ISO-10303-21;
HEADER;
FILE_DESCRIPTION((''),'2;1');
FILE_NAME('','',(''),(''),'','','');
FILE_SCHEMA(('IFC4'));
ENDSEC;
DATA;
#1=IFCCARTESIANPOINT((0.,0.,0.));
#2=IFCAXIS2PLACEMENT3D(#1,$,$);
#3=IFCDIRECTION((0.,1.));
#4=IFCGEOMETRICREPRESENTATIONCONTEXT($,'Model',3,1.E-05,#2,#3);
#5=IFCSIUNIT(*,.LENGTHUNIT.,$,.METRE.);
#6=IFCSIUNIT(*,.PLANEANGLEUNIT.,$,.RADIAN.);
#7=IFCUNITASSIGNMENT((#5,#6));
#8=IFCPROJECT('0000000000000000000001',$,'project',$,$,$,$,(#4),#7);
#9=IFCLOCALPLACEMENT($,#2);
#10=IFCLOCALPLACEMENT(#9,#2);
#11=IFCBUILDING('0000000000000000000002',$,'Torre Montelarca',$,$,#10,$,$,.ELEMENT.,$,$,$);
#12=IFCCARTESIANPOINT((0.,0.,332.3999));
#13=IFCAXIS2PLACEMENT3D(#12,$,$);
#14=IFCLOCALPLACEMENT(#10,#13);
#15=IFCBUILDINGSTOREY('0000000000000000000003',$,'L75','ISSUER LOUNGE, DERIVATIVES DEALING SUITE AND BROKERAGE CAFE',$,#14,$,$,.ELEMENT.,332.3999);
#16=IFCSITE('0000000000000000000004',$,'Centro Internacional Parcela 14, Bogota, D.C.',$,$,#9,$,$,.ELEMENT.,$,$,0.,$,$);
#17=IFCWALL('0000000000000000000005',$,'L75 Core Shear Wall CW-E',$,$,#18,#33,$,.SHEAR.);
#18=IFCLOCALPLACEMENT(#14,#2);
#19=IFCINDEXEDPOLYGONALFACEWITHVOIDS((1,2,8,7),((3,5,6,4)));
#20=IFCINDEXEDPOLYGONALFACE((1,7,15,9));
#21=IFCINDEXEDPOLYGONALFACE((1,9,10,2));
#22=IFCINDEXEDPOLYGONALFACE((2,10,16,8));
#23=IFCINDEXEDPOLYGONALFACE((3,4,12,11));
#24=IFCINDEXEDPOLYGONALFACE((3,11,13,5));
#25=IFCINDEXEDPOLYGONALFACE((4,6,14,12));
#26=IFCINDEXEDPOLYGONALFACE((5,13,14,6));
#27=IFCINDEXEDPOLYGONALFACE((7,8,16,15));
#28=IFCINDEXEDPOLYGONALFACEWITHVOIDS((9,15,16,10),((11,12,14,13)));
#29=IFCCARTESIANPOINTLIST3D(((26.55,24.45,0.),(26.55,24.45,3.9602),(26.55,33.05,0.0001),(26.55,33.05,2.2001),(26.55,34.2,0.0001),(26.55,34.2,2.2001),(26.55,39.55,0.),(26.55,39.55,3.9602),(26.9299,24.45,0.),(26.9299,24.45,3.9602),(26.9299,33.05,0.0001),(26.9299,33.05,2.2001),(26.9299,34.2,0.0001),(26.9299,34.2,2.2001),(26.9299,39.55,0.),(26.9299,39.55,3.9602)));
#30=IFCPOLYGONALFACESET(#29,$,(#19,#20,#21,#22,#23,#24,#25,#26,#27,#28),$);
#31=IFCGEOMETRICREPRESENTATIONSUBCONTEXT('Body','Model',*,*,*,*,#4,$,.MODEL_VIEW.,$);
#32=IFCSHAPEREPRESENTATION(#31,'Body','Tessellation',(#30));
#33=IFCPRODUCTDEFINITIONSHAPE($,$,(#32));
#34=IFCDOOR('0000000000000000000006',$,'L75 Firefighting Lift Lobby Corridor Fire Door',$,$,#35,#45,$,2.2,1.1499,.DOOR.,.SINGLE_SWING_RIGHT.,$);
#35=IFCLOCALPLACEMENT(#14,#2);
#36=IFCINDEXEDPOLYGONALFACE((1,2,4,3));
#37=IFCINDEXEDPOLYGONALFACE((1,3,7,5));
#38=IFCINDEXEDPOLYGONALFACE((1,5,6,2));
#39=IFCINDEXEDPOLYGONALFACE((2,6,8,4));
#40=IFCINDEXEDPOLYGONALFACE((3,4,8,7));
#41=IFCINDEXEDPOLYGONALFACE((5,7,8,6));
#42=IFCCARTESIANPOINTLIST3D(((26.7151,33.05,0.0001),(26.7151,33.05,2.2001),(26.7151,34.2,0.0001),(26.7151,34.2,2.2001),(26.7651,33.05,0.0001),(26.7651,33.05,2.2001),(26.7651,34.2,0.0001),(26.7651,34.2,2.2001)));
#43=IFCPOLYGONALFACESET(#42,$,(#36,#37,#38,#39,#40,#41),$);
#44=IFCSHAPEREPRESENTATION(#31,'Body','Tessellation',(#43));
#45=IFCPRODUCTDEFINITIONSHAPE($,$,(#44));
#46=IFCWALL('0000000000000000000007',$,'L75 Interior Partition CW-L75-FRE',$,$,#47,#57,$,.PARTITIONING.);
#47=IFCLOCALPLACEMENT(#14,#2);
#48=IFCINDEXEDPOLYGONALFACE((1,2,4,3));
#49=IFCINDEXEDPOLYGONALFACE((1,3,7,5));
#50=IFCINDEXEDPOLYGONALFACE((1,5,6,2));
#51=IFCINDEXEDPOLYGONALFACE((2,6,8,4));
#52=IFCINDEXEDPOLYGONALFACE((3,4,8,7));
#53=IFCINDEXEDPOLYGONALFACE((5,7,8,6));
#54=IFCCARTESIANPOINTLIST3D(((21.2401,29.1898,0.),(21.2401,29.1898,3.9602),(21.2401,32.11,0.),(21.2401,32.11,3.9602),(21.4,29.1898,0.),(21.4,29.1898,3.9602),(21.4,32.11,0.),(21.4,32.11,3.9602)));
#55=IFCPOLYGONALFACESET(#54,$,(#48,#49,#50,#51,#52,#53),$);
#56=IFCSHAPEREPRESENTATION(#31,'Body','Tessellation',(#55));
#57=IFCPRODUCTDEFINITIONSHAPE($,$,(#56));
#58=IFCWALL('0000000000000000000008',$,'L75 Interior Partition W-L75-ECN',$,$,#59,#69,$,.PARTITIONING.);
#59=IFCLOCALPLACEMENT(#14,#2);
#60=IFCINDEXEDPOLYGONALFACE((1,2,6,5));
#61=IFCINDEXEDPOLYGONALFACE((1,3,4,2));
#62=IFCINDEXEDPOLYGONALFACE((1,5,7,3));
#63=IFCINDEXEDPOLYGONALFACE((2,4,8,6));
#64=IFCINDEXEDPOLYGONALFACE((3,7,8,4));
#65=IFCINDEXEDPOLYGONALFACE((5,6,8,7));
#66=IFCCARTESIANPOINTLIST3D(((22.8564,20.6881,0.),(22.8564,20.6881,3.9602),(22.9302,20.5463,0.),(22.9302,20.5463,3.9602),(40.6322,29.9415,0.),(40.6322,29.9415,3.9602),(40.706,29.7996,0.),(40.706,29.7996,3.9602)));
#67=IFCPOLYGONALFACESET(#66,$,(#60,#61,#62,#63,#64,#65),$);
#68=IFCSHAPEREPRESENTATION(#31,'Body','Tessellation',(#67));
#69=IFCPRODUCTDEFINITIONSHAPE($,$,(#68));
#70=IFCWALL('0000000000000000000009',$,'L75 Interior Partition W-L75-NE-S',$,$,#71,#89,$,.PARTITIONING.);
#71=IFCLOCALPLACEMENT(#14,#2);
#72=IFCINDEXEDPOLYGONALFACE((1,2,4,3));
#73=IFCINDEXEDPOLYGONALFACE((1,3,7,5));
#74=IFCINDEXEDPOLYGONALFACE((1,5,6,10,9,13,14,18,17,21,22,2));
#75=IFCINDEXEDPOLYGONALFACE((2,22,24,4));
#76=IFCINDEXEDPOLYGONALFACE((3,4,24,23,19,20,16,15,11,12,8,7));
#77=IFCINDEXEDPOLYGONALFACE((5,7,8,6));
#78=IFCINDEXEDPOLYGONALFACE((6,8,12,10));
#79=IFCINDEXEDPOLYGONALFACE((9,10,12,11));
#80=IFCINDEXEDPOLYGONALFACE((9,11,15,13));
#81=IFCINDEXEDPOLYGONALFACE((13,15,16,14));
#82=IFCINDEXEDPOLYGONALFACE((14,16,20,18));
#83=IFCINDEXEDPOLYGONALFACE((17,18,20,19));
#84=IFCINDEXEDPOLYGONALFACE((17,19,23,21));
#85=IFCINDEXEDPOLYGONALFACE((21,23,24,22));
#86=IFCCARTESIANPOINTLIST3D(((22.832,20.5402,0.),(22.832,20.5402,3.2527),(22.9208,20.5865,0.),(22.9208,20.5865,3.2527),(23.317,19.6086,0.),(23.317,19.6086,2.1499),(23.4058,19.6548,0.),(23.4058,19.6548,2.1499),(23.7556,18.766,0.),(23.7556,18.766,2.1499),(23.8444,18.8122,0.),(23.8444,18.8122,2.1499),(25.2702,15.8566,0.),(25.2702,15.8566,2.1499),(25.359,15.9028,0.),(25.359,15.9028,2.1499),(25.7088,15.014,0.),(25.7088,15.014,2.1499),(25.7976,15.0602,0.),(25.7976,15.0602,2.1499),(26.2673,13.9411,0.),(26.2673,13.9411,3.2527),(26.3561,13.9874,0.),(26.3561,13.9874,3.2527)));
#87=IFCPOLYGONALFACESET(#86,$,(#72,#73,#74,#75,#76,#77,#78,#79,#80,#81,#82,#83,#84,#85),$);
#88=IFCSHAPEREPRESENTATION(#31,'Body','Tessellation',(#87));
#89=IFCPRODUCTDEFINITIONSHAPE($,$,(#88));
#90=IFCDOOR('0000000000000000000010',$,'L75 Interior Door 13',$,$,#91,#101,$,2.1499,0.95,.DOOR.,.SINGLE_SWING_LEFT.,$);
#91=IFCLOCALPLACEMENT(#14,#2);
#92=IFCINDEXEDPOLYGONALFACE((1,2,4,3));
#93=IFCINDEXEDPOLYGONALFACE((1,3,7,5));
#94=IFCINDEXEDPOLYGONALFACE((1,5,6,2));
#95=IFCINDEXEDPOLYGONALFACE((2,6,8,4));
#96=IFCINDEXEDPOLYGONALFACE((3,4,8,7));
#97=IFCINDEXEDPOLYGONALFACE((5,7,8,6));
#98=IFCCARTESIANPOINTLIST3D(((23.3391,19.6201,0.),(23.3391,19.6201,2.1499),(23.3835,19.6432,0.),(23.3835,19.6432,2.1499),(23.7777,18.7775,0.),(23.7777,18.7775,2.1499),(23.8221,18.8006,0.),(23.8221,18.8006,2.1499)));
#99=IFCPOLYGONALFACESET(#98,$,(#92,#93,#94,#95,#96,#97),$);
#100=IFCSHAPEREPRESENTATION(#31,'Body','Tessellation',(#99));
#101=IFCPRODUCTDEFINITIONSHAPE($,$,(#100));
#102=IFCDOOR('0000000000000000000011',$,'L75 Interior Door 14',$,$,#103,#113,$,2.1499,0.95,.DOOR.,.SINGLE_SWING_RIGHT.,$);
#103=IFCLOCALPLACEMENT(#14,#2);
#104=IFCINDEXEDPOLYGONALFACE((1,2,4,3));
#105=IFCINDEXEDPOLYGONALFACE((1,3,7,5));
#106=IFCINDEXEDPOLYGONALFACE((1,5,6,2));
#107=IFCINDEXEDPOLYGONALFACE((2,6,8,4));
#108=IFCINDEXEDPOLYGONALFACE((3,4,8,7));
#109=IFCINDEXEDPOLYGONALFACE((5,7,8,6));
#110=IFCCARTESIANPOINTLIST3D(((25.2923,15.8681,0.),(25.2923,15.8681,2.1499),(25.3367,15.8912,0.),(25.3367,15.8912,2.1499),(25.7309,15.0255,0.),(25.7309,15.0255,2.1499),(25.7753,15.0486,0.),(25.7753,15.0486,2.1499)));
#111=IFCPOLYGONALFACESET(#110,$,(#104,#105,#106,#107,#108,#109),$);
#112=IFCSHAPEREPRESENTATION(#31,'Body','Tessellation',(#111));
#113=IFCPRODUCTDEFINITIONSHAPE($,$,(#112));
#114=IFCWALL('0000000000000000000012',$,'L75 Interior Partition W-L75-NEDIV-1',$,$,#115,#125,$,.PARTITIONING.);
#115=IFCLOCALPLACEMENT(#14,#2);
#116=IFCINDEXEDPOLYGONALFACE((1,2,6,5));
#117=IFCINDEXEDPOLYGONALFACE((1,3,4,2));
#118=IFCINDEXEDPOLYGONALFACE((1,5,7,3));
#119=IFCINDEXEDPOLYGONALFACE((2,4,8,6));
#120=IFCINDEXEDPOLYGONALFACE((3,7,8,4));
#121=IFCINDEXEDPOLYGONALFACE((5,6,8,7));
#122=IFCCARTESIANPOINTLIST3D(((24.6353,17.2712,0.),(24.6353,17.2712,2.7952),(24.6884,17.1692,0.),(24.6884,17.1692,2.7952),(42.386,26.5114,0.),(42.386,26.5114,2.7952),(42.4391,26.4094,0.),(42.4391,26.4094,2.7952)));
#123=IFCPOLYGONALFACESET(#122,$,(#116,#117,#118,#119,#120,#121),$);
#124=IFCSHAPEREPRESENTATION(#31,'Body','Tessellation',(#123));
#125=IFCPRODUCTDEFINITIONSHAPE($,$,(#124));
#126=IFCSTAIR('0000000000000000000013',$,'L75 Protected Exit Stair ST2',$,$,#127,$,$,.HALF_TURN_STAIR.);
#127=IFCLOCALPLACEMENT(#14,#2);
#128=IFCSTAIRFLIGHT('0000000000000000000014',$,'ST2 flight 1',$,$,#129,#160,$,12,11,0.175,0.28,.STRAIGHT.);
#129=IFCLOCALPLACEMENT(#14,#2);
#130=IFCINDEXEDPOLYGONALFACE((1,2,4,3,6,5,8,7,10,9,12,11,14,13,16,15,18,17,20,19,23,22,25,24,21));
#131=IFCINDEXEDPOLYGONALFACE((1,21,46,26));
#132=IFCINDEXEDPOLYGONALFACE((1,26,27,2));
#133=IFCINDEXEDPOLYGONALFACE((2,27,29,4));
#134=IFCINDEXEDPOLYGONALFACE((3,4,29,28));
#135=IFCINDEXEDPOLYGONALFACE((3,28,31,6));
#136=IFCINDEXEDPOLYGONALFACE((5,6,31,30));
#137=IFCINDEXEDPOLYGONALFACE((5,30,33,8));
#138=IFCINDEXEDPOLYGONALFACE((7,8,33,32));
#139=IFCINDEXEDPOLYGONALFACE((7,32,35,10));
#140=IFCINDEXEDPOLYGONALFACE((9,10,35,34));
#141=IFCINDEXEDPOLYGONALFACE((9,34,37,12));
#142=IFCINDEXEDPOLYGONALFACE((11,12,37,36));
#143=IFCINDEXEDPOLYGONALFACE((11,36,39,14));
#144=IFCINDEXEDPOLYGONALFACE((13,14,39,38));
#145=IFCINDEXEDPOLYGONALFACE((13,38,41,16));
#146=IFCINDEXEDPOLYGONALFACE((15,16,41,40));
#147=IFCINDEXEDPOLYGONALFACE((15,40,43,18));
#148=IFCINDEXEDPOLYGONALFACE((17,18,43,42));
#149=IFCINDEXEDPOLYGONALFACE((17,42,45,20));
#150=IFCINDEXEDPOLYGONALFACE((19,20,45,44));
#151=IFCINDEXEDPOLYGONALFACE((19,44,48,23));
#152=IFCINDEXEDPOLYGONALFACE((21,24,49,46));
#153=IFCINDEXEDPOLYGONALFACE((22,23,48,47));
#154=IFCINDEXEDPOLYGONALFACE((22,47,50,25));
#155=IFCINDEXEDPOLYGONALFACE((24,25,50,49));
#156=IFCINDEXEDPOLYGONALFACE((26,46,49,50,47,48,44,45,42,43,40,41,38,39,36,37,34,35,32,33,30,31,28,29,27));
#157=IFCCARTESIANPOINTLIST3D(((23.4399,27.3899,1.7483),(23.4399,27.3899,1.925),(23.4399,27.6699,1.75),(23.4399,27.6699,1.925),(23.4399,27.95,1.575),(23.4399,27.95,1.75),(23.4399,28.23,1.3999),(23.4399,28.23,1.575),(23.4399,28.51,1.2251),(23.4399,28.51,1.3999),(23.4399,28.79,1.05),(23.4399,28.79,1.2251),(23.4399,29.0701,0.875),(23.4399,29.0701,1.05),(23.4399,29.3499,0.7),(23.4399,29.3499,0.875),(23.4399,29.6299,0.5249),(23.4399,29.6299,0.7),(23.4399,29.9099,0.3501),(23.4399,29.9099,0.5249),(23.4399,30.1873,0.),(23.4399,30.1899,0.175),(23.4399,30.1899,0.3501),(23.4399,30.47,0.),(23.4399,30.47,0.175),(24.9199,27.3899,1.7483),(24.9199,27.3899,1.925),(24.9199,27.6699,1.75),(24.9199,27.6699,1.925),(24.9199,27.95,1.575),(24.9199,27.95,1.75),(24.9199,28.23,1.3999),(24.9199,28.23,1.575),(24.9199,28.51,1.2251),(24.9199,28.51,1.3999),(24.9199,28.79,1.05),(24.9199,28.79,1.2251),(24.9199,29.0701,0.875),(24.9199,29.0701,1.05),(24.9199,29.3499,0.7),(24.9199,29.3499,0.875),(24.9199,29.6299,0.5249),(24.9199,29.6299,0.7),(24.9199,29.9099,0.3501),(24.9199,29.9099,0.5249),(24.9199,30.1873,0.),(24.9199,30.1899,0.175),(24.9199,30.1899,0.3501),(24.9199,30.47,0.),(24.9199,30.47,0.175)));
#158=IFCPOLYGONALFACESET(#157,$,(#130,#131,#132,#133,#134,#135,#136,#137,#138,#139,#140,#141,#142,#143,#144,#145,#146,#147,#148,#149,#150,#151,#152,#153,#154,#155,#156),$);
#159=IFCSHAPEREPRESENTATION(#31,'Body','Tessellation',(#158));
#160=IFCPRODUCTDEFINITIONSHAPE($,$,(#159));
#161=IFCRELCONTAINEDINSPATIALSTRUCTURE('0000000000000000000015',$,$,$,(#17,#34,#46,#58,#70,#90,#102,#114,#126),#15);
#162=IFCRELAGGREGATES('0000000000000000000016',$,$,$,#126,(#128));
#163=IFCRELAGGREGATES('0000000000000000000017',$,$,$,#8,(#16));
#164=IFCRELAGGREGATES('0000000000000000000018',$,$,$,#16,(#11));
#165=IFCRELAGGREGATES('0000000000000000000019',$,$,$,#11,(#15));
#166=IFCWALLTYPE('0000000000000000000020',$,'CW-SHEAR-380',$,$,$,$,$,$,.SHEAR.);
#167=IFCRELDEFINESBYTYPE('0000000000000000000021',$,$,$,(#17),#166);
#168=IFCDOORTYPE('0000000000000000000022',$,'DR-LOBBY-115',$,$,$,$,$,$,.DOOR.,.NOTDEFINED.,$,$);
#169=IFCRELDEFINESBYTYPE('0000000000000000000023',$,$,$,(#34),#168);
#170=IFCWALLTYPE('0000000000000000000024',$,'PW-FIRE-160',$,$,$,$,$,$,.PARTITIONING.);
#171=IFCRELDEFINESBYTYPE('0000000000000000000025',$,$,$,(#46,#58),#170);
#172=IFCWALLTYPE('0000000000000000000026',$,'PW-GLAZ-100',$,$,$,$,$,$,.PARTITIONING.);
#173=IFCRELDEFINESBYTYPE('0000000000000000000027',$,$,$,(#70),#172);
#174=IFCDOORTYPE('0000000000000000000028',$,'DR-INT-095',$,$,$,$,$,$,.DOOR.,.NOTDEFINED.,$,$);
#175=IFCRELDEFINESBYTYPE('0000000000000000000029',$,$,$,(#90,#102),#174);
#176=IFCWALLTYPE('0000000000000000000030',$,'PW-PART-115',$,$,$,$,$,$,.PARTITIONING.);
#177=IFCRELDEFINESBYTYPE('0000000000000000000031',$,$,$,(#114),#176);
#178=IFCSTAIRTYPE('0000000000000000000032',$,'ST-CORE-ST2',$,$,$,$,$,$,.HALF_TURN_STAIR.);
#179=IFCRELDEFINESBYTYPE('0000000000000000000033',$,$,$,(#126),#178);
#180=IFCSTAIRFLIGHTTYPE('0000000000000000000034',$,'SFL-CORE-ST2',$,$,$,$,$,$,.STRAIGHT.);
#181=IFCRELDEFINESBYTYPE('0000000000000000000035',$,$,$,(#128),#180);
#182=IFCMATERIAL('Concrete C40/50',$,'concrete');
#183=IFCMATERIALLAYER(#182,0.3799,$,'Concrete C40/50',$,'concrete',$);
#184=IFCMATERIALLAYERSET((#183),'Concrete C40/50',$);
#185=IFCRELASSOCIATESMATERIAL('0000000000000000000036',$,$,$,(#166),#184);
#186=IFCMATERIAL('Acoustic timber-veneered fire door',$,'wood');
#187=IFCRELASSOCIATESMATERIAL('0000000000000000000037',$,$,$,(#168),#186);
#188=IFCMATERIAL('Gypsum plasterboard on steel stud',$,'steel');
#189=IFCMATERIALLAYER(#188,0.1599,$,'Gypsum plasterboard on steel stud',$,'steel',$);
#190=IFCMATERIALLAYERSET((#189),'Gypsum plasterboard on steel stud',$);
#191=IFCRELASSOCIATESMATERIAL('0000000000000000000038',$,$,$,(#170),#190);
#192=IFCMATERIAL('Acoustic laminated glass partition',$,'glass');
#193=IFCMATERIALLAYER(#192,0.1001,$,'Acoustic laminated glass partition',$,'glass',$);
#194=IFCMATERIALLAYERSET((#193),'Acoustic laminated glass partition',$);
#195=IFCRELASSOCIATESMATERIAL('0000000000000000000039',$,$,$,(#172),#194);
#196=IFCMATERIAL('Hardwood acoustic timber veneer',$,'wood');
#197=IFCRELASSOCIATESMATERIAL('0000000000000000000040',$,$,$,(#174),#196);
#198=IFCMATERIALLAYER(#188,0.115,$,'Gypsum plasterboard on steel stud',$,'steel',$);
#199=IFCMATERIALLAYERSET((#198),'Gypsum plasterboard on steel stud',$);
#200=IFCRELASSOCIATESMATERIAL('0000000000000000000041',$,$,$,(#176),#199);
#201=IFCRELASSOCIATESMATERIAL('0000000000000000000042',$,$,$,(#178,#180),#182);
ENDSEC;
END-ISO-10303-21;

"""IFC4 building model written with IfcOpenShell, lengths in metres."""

from ifc_helpers import new_model, si_unit, direction, frame, frame_2d, origin, place, context, subcontext, project, spatial, polyline, rectangle, outline, extrude, source, transform, mapped, material, layer, layer_set, type_object, element, fill, aggregate, save


model = new_model("IFC4")

# Units and contexts
model_context = context("Model", 3, precision=1e-05, world=origin(), true_north=direction((0.0, 1.0)))
body_context = subcontext(model_context, "Body", "Model", "MODEL_VIEW")
ifc_project = project(units=[si_unit("LENGTHUNIT", "METRE"), si_unit("PLANEANGLEUNIT", "RADIAN")], contexts=[model_context])

# Site, building, storey
site_placement = place(None, origin())
site = spatial("IfcSite", under=ifc_project, at=site_placement, Name="Centro Internacional Parcela 14, Bogota, D.C.", CompositionType="ELEMENT", RefElevation=0.0)
building_placement = place(site_placement, origin())
building = spatial("IfcBuilding", under=site, at=building_placement, Name="Torre Montelarca", CompositionType="ELEMENT")
storey_placement = place(building_placement, frame((0.0, 0.0, 332.3999)))
storey = spatial("IfcBuildingStorey", under=building, at=storey_placement, Name="L75", Description="ISSUER LOUNGE, DERIVATIVES DEALING SUITE AND BROKERAGE CAFE", CompositionType="ELEMENT", Elevation=332.3999)

# Shared definitions
ifc_material_1 = material(Name="Concrete C40/50", Category="concrete")

# Wall, opening, door
ifc_layer_1 = layer(ifc_material_1, 0.3799, Name="Concrete C40/50", Category="concrete")
ifc_layer_set_1 = layer_set([ifc_layer_1], Name="Concrete C40/50")
wall_type_1 = type_object("IfcWallType", Name="CW-SHEAR-380", PredefinedType="SHEAR", material=ifc_layer_set_1)
wall_1_placement = place(storey_placement, frame((26.74, 24.45, 0.0), z_axis=(0.0, 0.0, 1.0), x_axis=(0.0, 1.0, 0.0)))
wall_1 = element("IfcWall", 1, at=wall_1_placement, inside=storey, type_object=wall_type_1, Name="L75 Core Shear Wall CW-E", PredefinedType="SHEAR", context=body_context, shape_type="SweptSolid", body=[
    extrude(rectangle(XDim=15.1001, YDim=0.3799, at=frame_2d((7.55, 0.0))), origin(), (0.0, 0.0, 1.0), 3.9602),
])
opening_1_placement = place(wall_1_placement, frame((8.6001, 0.0, 0.0)))
opening_1 = element("IfcOpeningElement", 2, at=opening_1_placement, cuts=wall_1, PredefinedType="OPENING", context=body_context, shape_type="SweptSolid", body=[
    extrude(rectangle(XDim=1.1499, YDim=2.2, at=frame_2d((0.575, 1.1001))), frame((0.0, 0.2, 0.0), z_axis=(0.0, -1.0, 0.0), x_axis=(1.0, 0.0, 0.0)), (0.0, 0.0, 1.0), 0.3999),
])
ifc_material_2 = material(Name="Acoustic timber-veneered fire door", Category="wood")
door_type_1 = type_object("IfcDoorType", Name="DR-LOBBY-115", OperationType="NOTDEFINED", PredefinedType="DOOR", material=ifc_material_2)
shared_shape_1 = source(origin(), body_context, "Body", "SweptSolid", [
    extrude(rectangle(XDim=1.1499, YDim=2.2, at=frame_2d((0.575, 1.1001))), frame((0.0, 0.0249, 0.0), z_axis=(0.0, -1.0, 0.0), x_axis=(1.0, 0.0, 0.0)), (0.0, 0.0, 1.0), 0.05),
])
door_1_placement = place(opening_1_placement, origin())
door_1 = element("IfcDoor", 3, at=door_1_placement, inside=storey, type_object=door_type_1, Name="L75 Firefighting Lift Lobby Corridor Fire Door", OperationType="SINGLE_SWING_RIGHT", OverallHeight=2.2, OverallWidth=1.1499, PredefinedType="DOOR", context=body_context, shape_type="MappedRepresentation", body=[
    mapped(shared_shape_1, transform((0.0, 0.0, 0.0), scale=1.0)),
])
fill(opening_1, door_1)

# Walls
ifc_material_3 = material(Name="Gypsum plasterboard on steel stud", Category="steel")
ifc_layer_2 = layer(ifc_material_3, 0.1599, Name="Gypsum plasterboard on steel stud", Category="steel")
ifc_layer_set_2 = layer_set([ifc_layer_2], Name="Gypsum plasterboard on steel stud")
wall_type_2 = type_object("IfcWallType", Name="PW-FIRE-160", PredefinedType="PARTITIONING", material=ifc_layer_set_2)
wall_2_placement = place(storey_placement, frame((21.3201, 29.1899, 0.0), z_axis=(0.0, 0.0, 1.0), x_axis=(0.0, 1.0, 0.0)))
element("IfcWall", 4, at=wall_2_placement, inside=storey, type_object=wall_type_2, Name="L75 Interior Partition CW-L75-FRE", PredefinedType="PARTITIONING", context=body_context, shape_type="SweptSolid", body=[
    extrude(rectangle(XDim=2.9202, YDim=0.1599, at=frame_2d((1.46, 0.0))), origin(), (0.0, 0.0, 1.0), 3.9602),
])
wall_3_placement = place(storey_placement, frame((22.8933, 20.6172, 0.0), z_axis=(0.0, 0.0, 1.0), x_axis=(0.887013, 0.461744, 0.0)))
element("IfcWall", 5, at=wall_3_placement, inside=storey, type_object=wall_type_2, Name="L75 Interior Partition W-L75-ECN", PredefinedType="PARTITIONING", context=body_context, shape_type="SweptSolid", body=[
    extrude(rectangle(XDim=20.04, YDim=0.1599, at=frame_2d((10.02, 0.0))), origin(), (0.0, 0.0, 1.0), 3.9602),
])

# Wall, openings, doors
ifc_material_4 = material(Name="Acoustic laminated glass partition", Category="glass")
ifc_layer_3 = layer(ifc_material_4, 0.1001, Name="Acoustic laminated glass partition", Category="glass")
ifc_layer_set_3 = layer_set([ifc_layer_3], Name="Acoustic laminated glass partition")
wall_type_3 = type_object("IfcWallType", Name="PW-GLAZ-100", PredefinedType="PARTITIONING", material=ifc_layer_set_3)
wall_4_placement = place(storey_placement, frame((22.8765, 20.5632, 0.0), z_axis=(0.0, 0.0, 1.0), x_axis=(0.46175, -0.88701, 0.0)))
wall_4 = element("IfcWall", 6, at=wall_4_placement, inside=storey, type_object=wall_type_3, Name="L75 Interior Partition W-L75-NE-S", PredefinedType="PARTITIONING", context=body_context, shape_type="SweptSolid", body=[
    extrude(rectangle(XDim=7.4397, YDim=0.1001, at=frame_2d((3.7197, 0.0))), origin(), (0.0, 0.0, 1.0), 3.2527),
])
opening_2_placement = place(wall_4_placement, frame((1.05, 0.0, 0.0)))
opening_2 = element("IfcOpeningElement", 7, at=opening_2_placement, cuts=wall_4, PredefinedType="OPENING", context=body_context, shape_type="SweptSolid", body=[
    extrude(rectangle(XDim=0.95, YDim=2.1499, at=frame_2d((0.4751, 1.075))), frame((0.0, 0.0601, 0.0), z_axis=(0.0, -1.0, 0.0), x_axis=(1.0, 0.0, 0.0)), (0.0, 0.0, 1.0), 0.1201),
])
opening_3_placement = place(wall_4_placement, frame((5.28, 0.0, 0.0)))
opening_3 = element("IfcOpeningElement", 8, at=opening_3_placement, cuts=wall_4, PredefinedType="OPENING", context=body_context, shape_type="SweptSolid", body=[
    extrude(rectangle(XDim=0.95, YDim=2.1499, at=frame_2d((0.4751, 1.075))), frame((0.0, 0.0601, 0.0), z_axis=(0.0, -1.0, 0.0), x_axis=(1.0, 0.0, 0.0)), (0.0, 0.0, 1.0), 0.1201),
])
ifc_material_5 = material(Name="Hardwood acoustic timber veneer", Category="wood")
door_type_2 = type_object("IfcDoorType", Name="DR-INT-095", OperationType="NOTDEFINED", PredefinedType="DOOR", material=ifc_material_5)
shared_shape_2 = source(origin(), body_context, "Body", "SweptSolid", [
    extrude(rectangle(XDim=0.95, YDim=2.1499, at=frame_2d((0.4751, 1.075))), frame((0.0, 0.0249, 0.0), z_axis=(0.0, -1.0, 0.0), x_axis=(1.0, 0.0, 0.0)), (0.0, 0.0, 1.0), 0.05),
])
door_2_placement = place(opening_2_placement, origin())
door_2 = element("IfcDoor", 9, at=door_2_placement, inside=storey, type_object=door_type_2, Name="L75 Interior Door 13", OperationType="SINGLE_SWING_LEFT", OverallHeight=2.1499, OverallWidth=0.95, PredefinedType="DOOR", context=body_context, shape_type="MappedRepresentation", body=[
    mapped(shared_shape_2, transform((0.0, 0.0, 0.0), scale=1.0)),
])
fill(opening_2, door_2)
door_3_placement = place(opening_3_placement, origin())
door_3 = element("IfcDoor", 10, at=door_3_placement, inside=storey, type_object=door_type_2, Name="L75 Interior Door 14", OperationType="SINGLE_SWING_RIGHT", OverallHeight=2.1499, OverallWidth=0.95, PredefinedType="DOOR", context=body_context, shape_type="MappedRepresentation", body=[
    mapped(shared_shape_2, transform((0.0, 0.0, 0.0), scale=1.0)),
])
fill(opening_3, door_3)

# Wall
ifc_layer_4 = layer(ifc_material_3, 0.115, Name="Gypsum plasterboard on steel stud", Category="steel")
ifc_layer_set_4 = layer_set([ifc_layer_4], Name="Gypsum plasterboard on steel stud")
wall_type_4 = type_object("IfcWallType", Name="PW-PART-115", PredefinedType="PARTITIONING", material=ifc_layer_set_4)
wall_5_placement = place(storey_placement, frame((24.6619, 17.2202, 0.0), z_axis=(0.0, 0.0, 1.0), x_axis=(0.887015, 0.46174, 0.0)))
element("IfcWall", 11, at=wall_5_placement, inside=storey, type_object=wall_type_4, Name="L75 Interior Partition W-L75-NEDIV-1", PredefinedType="PARTITIONING", context=body_context, shape_type="SweptSolid", body=[
    extrude(rectangle(XDim=20.0117, YDim=0.115, at=frame_2d((10.0059, 0.0))), origin(), (0.0, 0.0, 1.0), 2.7952),
])

# Stair, stair flight
stair_type = type_object("IfcStairType", Name="ST-CORE-ST2", PredefinedType="HALF_TURN_STAIR", material=ifc_material_1)
stair_placement = place(storey_placement, origin())
stair = element("IfcStair", 12, at=stair_placement, inside=storey, type_object=stair_type, Name="L75 Protected Exit Stair ST2", PredefinedType="HALF_TURN_STAIR")
stair_flight_type = type_object("IfcStairFlightType", Name="SFL-CORE-ST2", PredefinedType="STRAIGHT", material=ifc_material_1)
stair_flight_1_placement = place(storey_placement, frame((24.1799, 30.47, 0.0), z_axis=(0.0, 0.0, 1.0), x_axis=(0.0, -1.0, 0.0)))
stair_flight_1 = element("IfcStairFlight", 13, at=stair_flight_1_placement, type_object=stair_flight_type, Name="ST2 flight 1", NumberOfRisers=12, NumberOfTreads=11, PredefinedType="STRAIGHT", RiserHeight=0.175, TreadLength=0.28, context=body_context, shape_type="SweptSolid", body=[
    extrude(outline(polyline([(0.0, 0.0), (0.0, 0.175), (0.28, 0.175), (0.28, 0.3501), (0.5601, 0.3501), (0.5601, 0.5249), (0.8401, 0.5249), (0.8401, 0.7), (1.1201, 0.7), (1.1201, 0.875), (1.3999, 0.875), (1.3999, 1.05), (1.6799, 1.05), (1.6799, 1.2251), (1.96, 1.2251), (1.96, 1.3999), (2.24, 1.3999), (2.24, 1.575), (2.52, 1.575), (2.52, 1.75), (2.8, 1.75), (2.8, 1.925), (3.0801, 1.925), (3.0801, 2.1001), (3.0801, 1.7483), (0.2827, 0.0), (0.0, 0.0)])), frame((0.0, 0.74, 0.0), z_axis=(0.0, -1.0, 0.0), x_axis=(1.0, 0.0, 0.0)), (0.0, 0.0, 1.0), 1.48),
])
aggregate(stair, [stair_flight_1])

save(model, "model.ifc")
